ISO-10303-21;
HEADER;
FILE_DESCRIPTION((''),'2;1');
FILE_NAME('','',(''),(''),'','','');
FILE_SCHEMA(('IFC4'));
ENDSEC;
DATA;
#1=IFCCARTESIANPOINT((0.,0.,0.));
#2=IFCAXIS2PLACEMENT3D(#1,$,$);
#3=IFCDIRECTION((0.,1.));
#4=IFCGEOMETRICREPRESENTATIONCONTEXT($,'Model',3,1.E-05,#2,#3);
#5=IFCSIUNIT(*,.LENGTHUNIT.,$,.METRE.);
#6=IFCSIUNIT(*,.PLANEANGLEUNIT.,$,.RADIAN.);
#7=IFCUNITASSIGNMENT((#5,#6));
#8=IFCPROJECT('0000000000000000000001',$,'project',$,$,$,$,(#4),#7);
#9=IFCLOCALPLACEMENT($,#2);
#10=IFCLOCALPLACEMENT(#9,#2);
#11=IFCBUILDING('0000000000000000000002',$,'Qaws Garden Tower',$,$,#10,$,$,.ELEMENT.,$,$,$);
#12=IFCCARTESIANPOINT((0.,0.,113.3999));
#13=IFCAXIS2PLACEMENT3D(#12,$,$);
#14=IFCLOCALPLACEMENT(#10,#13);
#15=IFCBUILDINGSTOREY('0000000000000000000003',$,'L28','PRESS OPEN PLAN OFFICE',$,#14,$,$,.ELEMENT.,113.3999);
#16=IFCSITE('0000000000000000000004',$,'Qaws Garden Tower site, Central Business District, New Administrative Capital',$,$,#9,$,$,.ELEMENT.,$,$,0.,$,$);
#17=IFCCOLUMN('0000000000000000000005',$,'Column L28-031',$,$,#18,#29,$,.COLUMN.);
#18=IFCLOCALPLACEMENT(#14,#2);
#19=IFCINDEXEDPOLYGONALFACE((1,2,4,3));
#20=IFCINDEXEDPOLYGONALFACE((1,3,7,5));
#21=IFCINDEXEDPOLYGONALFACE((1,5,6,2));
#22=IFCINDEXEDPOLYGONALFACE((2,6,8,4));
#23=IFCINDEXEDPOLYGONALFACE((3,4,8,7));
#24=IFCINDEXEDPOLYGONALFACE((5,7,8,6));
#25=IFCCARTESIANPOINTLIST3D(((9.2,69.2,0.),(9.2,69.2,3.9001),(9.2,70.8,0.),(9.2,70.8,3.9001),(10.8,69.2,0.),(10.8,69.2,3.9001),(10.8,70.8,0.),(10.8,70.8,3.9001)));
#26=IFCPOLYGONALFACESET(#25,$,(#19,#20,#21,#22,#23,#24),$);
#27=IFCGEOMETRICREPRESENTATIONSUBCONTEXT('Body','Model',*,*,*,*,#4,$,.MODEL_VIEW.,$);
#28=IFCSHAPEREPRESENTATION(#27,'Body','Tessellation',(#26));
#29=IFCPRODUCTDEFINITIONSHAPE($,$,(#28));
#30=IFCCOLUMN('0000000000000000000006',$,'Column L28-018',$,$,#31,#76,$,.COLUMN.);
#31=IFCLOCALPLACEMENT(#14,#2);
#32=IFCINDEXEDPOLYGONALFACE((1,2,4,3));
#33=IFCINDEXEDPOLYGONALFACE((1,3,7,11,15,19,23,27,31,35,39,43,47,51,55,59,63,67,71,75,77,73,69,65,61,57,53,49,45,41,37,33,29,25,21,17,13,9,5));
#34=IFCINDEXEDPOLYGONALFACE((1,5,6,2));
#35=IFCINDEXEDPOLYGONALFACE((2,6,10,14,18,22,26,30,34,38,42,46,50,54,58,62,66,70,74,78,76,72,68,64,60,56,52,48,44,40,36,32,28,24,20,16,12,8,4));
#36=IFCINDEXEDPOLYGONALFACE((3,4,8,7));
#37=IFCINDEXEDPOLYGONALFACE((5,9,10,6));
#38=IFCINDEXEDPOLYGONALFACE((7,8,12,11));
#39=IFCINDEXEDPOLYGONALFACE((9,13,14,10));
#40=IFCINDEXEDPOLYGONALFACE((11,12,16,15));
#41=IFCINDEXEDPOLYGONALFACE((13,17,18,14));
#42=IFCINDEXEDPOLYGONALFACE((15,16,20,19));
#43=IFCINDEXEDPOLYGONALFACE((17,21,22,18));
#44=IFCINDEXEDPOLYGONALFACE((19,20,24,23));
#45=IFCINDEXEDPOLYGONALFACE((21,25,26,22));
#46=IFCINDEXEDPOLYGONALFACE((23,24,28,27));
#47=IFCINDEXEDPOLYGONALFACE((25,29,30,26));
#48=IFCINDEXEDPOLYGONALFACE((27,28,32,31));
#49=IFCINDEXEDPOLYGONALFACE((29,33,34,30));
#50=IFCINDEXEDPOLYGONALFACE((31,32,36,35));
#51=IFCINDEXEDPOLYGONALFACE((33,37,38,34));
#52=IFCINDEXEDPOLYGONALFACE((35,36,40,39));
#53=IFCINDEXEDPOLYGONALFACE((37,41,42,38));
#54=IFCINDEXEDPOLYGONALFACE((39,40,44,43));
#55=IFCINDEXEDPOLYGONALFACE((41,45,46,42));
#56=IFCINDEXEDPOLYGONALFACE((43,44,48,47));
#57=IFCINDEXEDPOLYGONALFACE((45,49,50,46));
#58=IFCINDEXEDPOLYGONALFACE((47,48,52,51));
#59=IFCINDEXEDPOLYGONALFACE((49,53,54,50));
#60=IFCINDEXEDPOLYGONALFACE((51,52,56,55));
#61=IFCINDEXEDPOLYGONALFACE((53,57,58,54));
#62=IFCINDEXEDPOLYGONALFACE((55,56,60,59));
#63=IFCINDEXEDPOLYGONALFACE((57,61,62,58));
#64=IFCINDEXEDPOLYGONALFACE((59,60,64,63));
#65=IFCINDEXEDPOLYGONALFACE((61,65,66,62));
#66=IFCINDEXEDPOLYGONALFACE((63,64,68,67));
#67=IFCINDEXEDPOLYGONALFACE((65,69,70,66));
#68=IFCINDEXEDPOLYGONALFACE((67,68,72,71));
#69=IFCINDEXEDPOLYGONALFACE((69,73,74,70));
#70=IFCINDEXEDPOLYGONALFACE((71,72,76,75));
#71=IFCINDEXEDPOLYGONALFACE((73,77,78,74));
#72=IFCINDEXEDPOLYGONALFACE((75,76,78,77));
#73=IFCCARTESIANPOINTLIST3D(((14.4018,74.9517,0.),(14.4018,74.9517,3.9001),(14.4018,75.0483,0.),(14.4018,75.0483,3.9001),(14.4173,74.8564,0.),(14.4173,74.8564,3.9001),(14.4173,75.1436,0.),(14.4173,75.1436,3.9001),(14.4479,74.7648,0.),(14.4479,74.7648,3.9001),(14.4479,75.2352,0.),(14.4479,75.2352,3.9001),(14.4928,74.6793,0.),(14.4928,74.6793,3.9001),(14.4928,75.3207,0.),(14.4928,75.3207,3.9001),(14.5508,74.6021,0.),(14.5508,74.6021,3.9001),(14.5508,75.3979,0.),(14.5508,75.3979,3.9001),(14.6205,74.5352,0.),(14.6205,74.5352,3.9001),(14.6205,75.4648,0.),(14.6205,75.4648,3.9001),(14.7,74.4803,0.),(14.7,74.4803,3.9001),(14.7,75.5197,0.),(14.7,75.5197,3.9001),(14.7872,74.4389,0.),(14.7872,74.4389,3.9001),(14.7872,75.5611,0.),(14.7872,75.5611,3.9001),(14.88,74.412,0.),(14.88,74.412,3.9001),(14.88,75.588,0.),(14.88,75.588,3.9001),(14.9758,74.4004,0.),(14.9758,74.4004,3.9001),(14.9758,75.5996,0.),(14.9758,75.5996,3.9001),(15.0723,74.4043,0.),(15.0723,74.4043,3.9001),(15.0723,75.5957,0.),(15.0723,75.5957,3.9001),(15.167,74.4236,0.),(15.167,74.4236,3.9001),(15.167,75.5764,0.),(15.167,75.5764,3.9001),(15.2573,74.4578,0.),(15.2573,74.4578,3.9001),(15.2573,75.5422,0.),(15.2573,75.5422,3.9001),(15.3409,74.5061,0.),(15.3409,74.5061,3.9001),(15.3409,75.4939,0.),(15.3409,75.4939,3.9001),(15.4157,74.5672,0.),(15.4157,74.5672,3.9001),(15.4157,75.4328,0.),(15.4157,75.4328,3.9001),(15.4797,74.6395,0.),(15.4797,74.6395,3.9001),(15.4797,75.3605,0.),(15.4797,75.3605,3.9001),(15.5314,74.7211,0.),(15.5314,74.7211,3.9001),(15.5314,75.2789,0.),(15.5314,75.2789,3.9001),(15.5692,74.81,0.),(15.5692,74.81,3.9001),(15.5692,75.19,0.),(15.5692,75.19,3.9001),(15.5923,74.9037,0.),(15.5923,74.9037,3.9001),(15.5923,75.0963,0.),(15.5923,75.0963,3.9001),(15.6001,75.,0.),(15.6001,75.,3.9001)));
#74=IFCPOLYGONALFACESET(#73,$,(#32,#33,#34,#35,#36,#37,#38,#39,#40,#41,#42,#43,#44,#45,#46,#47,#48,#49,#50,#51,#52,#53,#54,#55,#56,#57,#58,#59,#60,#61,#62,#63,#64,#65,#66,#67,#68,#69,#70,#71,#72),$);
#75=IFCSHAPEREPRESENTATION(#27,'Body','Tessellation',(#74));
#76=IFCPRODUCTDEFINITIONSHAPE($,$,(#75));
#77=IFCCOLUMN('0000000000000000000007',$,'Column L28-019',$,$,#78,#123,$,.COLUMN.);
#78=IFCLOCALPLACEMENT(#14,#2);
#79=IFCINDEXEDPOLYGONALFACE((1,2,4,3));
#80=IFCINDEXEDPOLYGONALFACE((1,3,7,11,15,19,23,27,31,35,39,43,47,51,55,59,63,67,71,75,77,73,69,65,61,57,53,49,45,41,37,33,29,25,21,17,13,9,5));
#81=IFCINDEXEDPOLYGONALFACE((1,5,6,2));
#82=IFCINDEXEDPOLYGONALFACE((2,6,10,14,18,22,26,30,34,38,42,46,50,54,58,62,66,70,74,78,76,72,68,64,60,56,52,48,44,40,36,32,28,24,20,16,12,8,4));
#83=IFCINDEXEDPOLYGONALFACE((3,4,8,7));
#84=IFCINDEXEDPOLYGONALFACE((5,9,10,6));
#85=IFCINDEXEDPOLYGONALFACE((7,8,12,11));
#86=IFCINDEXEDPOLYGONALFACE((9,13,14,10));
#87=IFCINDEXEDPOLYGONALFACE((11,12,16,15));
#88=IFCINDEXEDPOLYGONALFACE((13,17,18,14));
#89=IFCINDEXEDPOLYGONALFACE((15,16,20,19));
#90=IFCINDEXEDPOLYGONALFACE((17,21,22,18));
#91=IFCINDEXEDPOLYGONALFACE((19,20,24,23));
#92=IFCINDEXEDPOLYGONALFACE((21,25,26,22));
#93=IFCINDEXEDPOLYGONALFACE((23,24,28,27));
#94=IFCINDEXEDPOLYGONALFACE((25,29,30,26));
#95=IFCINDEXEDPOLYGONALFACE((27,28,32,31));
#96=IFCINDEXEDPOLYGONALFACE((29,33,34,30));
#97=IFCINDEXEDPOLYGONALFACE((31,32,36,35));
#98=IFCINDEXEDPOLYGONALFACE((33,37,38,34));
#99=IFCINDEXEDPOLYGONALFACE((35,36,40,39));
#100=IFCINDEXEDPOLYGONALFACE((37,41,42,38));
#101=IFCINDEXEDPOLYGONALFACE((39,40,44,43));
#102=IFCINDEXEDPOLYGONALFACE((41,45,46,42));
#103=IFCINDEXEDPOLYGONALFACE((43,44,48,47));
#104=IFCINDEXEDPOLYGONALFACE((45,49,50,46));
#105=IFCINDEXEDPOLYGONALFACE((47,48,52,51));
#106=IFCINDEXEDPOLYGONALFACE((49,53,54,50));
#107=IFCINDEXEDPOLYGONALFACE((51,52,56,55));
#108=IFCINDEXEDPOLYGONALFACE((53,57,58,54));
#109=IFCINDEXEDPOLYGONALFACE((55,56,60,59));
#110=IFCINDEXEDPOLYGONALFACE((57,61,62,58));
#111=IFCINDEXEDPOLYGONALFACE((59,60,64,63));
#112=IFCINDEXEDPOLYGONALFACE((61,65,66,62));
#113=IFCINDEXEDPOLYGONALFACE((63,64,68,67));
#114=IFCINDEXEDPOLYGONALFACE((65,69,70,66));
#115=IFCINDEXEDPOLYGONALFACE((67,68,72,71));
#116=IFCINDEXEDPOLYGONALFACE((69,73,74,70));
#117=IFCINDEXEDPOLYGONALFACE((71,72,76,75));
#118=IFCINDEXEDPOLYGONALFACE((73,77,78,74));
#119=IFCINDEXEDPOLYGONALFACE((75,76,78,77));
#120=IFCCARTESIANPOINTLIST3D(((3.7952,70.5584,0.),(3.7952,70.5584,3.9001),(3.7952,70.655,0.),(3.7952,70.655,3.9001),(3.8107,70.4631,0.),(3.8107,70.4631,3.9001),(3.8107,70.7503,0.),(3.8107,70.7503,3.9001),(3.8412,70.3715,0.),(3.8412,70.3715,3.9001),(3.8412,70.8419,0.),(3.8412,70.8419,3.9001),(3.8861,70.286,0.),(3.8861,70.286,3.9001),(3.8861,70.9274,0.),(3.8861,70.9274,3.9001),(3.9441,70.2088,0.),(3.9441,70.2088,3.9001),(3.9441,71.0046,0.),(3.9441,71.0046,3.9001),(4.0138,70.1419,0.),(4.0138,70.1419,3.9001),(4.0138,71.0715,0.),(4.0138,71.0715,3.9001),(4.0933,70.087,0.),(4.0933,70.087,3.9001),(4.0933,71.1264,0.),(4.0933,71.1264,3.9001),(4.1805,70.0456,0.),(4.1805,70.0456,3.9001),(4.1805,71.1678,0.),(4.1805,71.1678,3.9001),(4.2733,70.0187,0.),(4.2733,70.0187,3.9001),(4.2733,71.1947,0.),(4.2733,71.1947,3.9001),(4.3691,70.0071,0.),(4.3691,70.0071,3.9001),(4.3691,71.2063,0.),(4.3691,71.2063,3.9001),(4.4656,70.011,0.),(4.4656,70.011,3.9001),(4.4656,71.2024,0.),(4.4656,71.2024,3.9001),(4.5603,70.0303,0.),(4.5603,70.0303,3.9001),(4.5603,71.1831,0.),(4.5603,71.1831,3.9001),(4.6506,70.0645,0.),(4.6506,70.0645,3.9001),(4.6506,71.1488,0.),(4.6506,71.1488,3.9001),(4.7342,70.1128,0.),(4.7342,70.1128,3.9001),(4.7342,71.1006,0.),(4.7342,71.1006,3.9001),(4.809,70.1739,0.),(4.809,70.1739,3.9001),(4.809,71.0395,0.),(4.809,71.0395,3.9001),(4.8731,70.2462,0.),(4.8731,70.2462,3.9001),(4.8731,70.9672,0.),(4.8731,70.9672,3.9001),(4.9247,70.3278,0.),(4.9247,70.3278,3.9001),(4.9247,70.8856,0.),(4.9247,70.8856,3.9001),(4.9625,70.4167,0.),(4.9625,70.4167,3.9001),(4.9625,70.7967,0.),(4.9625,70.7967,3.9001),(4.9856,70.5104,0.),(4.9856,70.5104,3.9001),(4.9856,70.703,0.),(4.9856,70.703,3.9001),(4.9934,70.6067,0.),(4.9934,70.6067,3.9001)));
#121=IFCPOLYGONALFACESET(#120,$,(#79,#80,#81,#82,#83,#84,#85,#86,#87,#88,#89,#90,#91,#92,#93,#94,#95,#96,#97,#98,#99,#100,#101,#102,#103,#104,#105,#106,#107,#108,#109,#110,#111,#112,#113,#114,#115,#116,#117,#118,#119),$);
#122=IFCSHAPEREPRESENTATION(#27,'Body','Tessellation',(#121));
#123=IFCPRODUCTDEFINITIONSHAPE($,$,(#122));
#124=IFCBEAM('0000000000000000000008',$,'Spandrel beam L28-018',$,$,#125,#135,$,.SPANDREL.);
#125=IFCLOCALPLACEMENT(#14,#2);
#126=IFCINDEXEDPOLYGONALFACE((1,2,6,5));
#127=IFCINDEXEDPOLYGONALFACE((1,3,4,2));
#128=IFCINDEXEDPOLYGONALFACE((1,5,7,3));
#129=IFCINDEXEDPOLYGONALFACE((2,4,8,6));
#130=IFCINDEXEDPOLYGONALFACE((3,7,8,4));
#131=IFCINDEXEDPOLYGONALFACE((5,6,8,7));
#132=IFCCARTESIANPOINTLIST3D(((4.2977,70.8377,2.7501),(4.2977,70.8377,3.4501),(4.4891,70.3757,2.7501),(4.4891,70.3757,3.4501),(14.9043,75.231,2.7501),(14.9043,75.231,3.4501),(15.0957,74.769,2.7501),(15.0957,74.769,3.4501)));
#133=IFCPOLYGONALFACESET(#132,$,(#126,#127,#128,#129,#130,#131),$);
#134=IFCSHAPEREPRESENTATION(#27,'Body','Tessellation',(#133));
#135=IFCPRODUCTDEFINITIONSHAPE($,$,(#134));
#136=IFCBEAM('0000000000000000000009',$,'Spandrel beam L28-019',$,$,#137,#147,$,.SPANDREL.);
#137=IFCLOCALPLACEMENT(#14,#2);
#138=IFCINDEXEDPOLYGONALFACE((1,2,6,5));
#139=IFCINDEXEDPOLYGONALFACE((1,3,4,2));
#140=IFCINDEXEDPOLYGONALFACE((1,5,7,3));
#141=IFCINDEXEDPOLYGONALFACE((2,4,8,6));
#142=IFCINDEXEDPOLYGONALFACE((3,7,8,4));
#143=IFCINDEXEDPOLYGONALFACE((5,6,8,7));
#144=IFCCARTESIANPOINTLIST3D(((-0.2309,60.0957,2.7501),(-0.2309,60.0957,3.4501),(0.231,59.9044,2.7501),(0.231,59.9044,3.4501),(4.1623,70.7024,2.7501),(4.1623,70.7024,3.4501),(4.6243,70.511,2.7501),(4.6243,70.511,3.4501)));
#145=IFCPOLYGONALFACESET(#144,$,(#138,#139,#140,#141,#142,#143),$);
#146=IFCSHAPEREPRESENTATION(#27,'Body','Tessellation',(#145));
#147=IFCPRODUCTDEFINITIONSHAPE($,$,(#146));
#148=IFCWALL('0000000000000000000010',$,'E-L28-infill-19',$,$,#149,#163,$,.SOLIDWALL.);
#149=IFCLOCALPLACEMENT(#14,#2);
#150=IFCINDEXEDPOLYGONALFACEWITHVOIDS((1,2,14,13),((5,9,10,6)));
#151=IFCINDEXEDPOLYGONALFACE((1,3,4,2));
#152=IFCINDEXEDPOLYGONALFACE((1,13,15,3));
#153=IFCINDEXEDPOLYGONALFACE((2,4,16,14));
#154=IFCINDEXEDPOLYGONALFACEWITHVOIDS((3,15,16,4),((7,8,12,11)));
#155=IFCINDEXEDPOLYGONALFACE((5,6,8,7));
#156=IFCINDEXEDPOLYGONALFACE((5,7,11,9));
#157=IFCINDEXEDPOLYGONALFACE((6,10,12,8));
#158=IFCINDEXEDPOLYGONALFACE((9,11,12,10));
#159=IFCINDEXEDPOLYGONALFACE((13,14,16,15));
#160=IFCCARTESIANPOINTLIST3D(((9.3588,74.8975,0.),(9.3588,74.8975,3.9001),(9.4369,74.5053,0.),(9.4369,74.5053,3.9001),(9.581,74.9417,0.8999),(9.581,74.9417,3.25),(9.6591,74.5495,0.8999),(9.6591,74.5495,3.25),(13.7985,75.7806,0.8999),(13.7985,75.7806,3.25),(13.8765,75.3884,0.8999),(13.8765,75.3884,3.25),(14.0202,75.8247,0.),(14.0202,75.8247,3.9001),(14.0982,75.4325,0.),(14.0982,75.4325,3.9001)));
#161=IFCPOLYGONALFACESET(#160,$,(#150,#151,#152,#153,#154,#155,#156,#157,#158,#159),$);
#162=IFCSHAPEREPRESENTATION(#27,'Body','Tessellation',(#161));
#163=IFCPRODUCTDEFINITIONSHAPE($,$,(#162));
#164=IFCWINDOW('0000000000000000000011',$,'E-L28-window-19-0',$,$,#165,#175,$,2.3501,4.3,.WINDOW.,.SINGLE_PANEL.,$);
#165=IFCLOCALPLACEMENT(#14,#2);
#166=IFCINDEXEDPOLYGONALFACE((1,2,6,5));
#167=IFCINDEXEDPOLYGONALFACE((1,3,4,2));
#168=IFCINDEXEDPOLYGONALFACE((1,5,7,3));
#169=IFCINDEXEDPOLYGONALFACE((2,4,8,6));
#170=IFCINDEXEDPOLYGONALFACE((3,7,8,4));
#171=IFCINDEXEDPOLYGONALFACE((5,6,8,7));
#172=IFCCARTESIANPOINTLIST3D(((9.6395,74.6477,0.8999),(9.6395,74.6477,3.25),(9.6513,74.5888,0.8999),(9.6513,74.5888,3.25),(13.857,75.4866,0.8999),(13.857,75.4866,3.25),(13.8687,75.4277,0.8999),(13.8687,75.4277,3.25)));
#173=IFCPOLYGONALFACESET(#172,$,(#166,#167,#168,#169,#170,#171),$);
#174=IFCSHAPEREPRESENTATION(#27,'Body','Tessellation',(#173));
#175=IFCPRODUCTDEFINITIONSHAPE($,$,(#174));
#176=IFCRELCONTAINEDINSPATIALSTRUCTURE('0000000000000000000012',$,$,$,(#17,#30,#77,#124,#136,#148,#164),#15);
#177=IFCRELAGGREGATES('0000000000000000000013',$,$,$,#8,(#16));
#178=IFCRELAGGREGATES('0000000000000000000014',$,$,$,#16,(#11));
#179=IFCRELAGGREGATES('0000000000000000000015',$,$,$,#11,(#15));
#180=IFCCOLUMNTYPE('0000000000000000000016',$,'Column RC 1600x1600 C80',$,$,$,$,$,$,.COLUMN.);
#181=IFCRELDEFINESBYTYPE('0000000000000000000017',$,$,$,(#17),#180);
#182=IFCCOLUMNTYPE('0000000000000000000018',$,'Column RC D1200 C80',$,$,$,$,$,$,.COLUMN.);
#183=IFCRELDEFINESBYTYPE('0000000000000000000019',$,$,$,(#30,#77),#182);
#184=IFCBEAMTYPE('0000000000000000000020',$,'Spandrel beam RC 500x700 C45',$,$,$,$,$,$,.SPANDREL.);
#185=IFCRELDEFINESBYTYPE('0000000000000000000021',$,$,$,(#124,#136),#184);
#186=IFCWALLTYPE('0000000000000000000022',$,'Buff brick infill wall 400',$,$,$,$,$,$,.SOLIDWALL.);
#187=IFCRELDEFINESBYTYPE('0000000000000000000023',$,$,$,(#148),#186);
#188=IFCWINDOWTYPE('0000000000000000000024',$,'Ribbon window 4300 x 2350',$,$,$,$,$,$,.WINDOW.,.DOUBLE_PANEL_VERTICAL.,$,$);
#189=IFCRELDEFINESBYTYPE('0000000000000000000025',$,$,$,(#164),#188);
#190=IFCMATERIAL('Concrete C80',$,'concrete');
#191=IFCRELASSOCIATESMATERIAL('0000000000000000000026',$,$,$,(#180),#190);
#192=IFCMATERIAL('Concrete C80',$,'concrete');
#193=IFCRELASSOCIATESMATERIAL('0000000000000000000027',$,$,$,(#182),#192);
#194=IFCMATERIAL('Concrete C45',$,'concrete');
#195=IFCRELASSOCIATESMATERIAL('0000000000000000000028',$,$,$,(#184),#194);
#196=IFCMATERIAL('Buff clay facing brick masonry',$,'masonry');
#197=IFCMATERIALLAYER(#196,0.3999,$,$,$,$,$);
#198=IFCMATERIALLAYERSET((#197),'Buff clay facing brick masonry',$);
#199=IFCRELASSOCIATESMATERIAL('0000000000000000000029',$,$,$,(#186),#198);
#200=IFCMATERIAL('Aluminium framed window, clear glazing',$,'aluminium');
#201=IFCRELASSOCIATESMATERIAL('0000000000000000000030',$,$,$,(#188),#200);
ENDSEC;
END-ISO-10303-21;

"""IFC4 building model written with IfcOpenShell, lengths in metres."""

from ifc_helpers import new_model, si_unit, direction, frame, frame_2d, origin, origin_2d, place, context, subcontext, project, spatial, rectangle, circle, extrude, material, layer, layer_set, material_profile, profile_set, type_object, element, fill, save


model = new_model("IFC4")

# Units and contexts
model_context = context("Model", 3, precision=1e-05, world=origin(), true_north=direction((0.0, 1.0)))
body_context = subcontext(model_context, "Body", "Model", "MODEL_VIEW")
ifc_project = project(units=[si_unit("LENGTHUNIT", "METRE"), si_unit("PLANEANGLEUNIT", "RADIAN")], contexts=[model_context])

# Site, building, storey
site_placement = place(None, origin())
site = spatial("IfcSite", under=ifc_project, at=site_placement, Name="Qaws Garden Tower site, Central Business District, New Administrative Capital", CompositionType="ELEMENT", RefElevation=0.0)
building_placement = place(site_placement, origin())
building = spatial("IfcBuilding", under=site, at=building_placement, Name="Qaws Garden Tower", CompositionType="ELEMENT")
storey_placement = place(building_placement, frame((0.0, 0.0, 113.3999)))
storey = spatial("IfcBuildingStorey", under=building, at=storey_placement, Name="L28", Description="PRESS OPEN PLAN OFFICE", CompositionType="ELEMENT", Elevation=113.3999)

# Columns
ifc_material_1 = material(Name="Concrete C80", Category="concrete")
ifc_material_profile_1 = material_profile(ifc_material_1, rectangle(XDim=1.6001, YDim=1.6001, at=origin_2d()), Name="RC 1600x1600")
ifc_profile_set_1 = profile_set([ifc_material_profile_1], Name="Concrete C80")
column_type_1 = type_object("IfcColumnType", Name="Column RC 1600x1600 C80", PredefinedType="COLUMN", material=ifc_profile_set_1)
column_placement = place(storey_placement, frame((10.0, 70.0, 0.0), z_axis=(0.0, 0.0, 1.0), x_axis=(1.0, 0.0, 0.0)))
element("IfcColumn", 1, at=column_placement, inside=storey, type_object=column_type_1, Name="Column L28-031", PredefinedType="COLUMN", context=body_context, shape_type="SweptSolid", body=[
    extrude(rectangle(XDim=1.6001, YDim=1.6001, at=origin_2d()), origin(), (0.0, 0.0, 1.0), 3.9001),
])
ifc_material_2 = material(Name="Concrete C80", Category="concrete")
ifc_material_profile_2 = material_profile(ifc_material_2, circle(Radius=0.6001, at=origin_2d()), Name="RC D1200")
ifc_profile_set_2 = profile_set([ifc_material_profile_2], Name="Concrete C80")
column_type_2 = type_object("IfcColumnType", Name="Column RC D1200 C80", PredefinedType="COLUMN", material=ifc_profile_set_2)
for number, where, z_axis, x_axis, name in (
    (2, (15.0, 75.0, 0.0), (0.0, 0.0, 1.0), (1.0, 0.0, 0.0), "Column L28-018"),
    (3, (4.3933, 70.6067, 0.0), (0.0, 0.0, 1.0), (1.0, 0.0, 0.0), "Column L28-019"),
):
    element("IfcColumn", number, at=place(storey_placement, frame(where, z_axis=z_axis, x_axis=x_axis)), inside=storey, type_object=column_type_2, Name=name, PredefinedType="COLUMN", context=body_context, shape_type="SweptSolid", body=[
        extrude(circle(Radius=0.6001, at=origin_2d()), origin(), (0.0, 0.0, 1.0), 3.9001),
    ])

# Beams
ifc_material_3 = material(Name="Concrete C45", Category="concrete")
ifc_material_profile_3 = material_profile(ifc_material_3, rectangle(XDim=0.5, YDim=0.7, at=origin_2d()), Name="RC 500x700")
ifc_profile_set_3 = profile_set([ifc_material_profile_3], Name="Concrete C45")
beam_type = type_object("IfcBeamType", Name="Spandrel beam RC 500x700 C45", PredefinedType="SPANDREL", material=ifc_profile_set_3)
for number, where, z_axis, x_axis, name in (
    (4, (15.0, 75.0, 3.1001), (-0.923883, -0.382674, 0.0), (0.382674, -0.923883, 0.0), "Spandrel beam L28-018"),
    (5, (4.3933, 70.6067, 3.1001), (-0.382674, -0.923883, 0.0), (0.923883, -0.382674, 0.0), "Spandrel beam L28-019"),
):
    element("IfcBeam", number, at=place(storey_placement, frame(where, z_axis=z_axis, x_axis=x_axis)), inside=storey, type_object=beam_type, Name=name, PredefinedType="SPANDREL", context=body_context, shape_type="SweptSolid", body=[
        extrude(rectangle(XDim=0.5, YDim=0.7, at=origin_2d()), origin(), (0.0, 0.0, 1.0), 11.4805),
    ])

# Wall, opening, window
ifc_material_4 = material(Name="Buff clay facing brick masonry", Category="masonry")
ifc_layer_1 = layer(ifc_material_4, 0.3999)
ifc_layer_set_1 = layer_set([ifc_layer_1], Name="Buff clay facing brick masonry")
wall_type_1 = type_object("IfcWallType", Name="Buff brick infill wall 400", PredefinedType="SOLIDWALL", material=ifc_layer_set_1)
wall_1_placement = place(storey_placement, frame((14.0593, 75.6287, 0.0), z_axis=(0.0, 0.0, 1.0), x_axis=(-0.980784, -0.195099, 0.0)))
wall_1 = element("IfcWall", 6, at=wall_1_placement, inside=storey, type_object=wall_type_1, Name="E-L28-infill-19", PredefinedType="SOLIDWALL", context=body_context, shape_type="SweptSolid", body=[
    extrude(rectangle(XDim=4.7527, YDim=0.3999, at=frame_2d((2.3765, 0.0))), origin(), (0.0, 0.0, 1.0), 3.9001),
])
opening_1_placement = place(wall_1_placement, frame((0.2263, 0.0, 0.8999)))
opening_1 = element("IfcOpeningElement", 7, at=opening_1_placement, cuts=wall_1, PredefinedType="OPENING", context=body_context, shape_type="SweptSolid", body=[
    extrude(rectangle(XDim=4.3, YDim=2.3501, at=frame_2d((2.1499, 1.175))), frame((0.0, 0.21, 0.0), z_axis=(0.0, -1.0, 0.0), x_axis=(1.0, 0.0, 0.0)), (0.0, 0.0, 1.0), 0.4199),
])
ifc_material_5 = material(Name="Aluminium framed window, clear glazing", Category="aluminium")
window_type = type_object("IfcWindowType", Name="Ribbon window 4300 x 2350", PartitioningType="DOUBLE_PANEL_VERTICAL", PredefinedType="WINDOW", material=ifc_material_5)
window_1_placement = place(opening_1_placement, origin())
window_1 = element("IfcWindow", 8, at=window_1_placement, inside=storey, type_object=window_type, Name="E-L28-window-19-0", OverallHeight=2.3501, OverallWidth=4.3, PartitioningType="SINGLE_PANEL", PredefinedType="WINDOW", context=body_context, shape_type="SweptSolid", body=[
    extrude(rectangle(XDim=4.3, YDim=2.3501, at=frame_2d((2.1499, 1.175))), frame((0.0, 0.1599, 0.0), z_axis=(0.0, -1.0, 0.0), x_axis=(1.0, 0.0, 0.0)), (0.0, 0.0, 1.0), 0.0601),
])
fill(opening_1, window_1)

save(model, "model.ifc")
